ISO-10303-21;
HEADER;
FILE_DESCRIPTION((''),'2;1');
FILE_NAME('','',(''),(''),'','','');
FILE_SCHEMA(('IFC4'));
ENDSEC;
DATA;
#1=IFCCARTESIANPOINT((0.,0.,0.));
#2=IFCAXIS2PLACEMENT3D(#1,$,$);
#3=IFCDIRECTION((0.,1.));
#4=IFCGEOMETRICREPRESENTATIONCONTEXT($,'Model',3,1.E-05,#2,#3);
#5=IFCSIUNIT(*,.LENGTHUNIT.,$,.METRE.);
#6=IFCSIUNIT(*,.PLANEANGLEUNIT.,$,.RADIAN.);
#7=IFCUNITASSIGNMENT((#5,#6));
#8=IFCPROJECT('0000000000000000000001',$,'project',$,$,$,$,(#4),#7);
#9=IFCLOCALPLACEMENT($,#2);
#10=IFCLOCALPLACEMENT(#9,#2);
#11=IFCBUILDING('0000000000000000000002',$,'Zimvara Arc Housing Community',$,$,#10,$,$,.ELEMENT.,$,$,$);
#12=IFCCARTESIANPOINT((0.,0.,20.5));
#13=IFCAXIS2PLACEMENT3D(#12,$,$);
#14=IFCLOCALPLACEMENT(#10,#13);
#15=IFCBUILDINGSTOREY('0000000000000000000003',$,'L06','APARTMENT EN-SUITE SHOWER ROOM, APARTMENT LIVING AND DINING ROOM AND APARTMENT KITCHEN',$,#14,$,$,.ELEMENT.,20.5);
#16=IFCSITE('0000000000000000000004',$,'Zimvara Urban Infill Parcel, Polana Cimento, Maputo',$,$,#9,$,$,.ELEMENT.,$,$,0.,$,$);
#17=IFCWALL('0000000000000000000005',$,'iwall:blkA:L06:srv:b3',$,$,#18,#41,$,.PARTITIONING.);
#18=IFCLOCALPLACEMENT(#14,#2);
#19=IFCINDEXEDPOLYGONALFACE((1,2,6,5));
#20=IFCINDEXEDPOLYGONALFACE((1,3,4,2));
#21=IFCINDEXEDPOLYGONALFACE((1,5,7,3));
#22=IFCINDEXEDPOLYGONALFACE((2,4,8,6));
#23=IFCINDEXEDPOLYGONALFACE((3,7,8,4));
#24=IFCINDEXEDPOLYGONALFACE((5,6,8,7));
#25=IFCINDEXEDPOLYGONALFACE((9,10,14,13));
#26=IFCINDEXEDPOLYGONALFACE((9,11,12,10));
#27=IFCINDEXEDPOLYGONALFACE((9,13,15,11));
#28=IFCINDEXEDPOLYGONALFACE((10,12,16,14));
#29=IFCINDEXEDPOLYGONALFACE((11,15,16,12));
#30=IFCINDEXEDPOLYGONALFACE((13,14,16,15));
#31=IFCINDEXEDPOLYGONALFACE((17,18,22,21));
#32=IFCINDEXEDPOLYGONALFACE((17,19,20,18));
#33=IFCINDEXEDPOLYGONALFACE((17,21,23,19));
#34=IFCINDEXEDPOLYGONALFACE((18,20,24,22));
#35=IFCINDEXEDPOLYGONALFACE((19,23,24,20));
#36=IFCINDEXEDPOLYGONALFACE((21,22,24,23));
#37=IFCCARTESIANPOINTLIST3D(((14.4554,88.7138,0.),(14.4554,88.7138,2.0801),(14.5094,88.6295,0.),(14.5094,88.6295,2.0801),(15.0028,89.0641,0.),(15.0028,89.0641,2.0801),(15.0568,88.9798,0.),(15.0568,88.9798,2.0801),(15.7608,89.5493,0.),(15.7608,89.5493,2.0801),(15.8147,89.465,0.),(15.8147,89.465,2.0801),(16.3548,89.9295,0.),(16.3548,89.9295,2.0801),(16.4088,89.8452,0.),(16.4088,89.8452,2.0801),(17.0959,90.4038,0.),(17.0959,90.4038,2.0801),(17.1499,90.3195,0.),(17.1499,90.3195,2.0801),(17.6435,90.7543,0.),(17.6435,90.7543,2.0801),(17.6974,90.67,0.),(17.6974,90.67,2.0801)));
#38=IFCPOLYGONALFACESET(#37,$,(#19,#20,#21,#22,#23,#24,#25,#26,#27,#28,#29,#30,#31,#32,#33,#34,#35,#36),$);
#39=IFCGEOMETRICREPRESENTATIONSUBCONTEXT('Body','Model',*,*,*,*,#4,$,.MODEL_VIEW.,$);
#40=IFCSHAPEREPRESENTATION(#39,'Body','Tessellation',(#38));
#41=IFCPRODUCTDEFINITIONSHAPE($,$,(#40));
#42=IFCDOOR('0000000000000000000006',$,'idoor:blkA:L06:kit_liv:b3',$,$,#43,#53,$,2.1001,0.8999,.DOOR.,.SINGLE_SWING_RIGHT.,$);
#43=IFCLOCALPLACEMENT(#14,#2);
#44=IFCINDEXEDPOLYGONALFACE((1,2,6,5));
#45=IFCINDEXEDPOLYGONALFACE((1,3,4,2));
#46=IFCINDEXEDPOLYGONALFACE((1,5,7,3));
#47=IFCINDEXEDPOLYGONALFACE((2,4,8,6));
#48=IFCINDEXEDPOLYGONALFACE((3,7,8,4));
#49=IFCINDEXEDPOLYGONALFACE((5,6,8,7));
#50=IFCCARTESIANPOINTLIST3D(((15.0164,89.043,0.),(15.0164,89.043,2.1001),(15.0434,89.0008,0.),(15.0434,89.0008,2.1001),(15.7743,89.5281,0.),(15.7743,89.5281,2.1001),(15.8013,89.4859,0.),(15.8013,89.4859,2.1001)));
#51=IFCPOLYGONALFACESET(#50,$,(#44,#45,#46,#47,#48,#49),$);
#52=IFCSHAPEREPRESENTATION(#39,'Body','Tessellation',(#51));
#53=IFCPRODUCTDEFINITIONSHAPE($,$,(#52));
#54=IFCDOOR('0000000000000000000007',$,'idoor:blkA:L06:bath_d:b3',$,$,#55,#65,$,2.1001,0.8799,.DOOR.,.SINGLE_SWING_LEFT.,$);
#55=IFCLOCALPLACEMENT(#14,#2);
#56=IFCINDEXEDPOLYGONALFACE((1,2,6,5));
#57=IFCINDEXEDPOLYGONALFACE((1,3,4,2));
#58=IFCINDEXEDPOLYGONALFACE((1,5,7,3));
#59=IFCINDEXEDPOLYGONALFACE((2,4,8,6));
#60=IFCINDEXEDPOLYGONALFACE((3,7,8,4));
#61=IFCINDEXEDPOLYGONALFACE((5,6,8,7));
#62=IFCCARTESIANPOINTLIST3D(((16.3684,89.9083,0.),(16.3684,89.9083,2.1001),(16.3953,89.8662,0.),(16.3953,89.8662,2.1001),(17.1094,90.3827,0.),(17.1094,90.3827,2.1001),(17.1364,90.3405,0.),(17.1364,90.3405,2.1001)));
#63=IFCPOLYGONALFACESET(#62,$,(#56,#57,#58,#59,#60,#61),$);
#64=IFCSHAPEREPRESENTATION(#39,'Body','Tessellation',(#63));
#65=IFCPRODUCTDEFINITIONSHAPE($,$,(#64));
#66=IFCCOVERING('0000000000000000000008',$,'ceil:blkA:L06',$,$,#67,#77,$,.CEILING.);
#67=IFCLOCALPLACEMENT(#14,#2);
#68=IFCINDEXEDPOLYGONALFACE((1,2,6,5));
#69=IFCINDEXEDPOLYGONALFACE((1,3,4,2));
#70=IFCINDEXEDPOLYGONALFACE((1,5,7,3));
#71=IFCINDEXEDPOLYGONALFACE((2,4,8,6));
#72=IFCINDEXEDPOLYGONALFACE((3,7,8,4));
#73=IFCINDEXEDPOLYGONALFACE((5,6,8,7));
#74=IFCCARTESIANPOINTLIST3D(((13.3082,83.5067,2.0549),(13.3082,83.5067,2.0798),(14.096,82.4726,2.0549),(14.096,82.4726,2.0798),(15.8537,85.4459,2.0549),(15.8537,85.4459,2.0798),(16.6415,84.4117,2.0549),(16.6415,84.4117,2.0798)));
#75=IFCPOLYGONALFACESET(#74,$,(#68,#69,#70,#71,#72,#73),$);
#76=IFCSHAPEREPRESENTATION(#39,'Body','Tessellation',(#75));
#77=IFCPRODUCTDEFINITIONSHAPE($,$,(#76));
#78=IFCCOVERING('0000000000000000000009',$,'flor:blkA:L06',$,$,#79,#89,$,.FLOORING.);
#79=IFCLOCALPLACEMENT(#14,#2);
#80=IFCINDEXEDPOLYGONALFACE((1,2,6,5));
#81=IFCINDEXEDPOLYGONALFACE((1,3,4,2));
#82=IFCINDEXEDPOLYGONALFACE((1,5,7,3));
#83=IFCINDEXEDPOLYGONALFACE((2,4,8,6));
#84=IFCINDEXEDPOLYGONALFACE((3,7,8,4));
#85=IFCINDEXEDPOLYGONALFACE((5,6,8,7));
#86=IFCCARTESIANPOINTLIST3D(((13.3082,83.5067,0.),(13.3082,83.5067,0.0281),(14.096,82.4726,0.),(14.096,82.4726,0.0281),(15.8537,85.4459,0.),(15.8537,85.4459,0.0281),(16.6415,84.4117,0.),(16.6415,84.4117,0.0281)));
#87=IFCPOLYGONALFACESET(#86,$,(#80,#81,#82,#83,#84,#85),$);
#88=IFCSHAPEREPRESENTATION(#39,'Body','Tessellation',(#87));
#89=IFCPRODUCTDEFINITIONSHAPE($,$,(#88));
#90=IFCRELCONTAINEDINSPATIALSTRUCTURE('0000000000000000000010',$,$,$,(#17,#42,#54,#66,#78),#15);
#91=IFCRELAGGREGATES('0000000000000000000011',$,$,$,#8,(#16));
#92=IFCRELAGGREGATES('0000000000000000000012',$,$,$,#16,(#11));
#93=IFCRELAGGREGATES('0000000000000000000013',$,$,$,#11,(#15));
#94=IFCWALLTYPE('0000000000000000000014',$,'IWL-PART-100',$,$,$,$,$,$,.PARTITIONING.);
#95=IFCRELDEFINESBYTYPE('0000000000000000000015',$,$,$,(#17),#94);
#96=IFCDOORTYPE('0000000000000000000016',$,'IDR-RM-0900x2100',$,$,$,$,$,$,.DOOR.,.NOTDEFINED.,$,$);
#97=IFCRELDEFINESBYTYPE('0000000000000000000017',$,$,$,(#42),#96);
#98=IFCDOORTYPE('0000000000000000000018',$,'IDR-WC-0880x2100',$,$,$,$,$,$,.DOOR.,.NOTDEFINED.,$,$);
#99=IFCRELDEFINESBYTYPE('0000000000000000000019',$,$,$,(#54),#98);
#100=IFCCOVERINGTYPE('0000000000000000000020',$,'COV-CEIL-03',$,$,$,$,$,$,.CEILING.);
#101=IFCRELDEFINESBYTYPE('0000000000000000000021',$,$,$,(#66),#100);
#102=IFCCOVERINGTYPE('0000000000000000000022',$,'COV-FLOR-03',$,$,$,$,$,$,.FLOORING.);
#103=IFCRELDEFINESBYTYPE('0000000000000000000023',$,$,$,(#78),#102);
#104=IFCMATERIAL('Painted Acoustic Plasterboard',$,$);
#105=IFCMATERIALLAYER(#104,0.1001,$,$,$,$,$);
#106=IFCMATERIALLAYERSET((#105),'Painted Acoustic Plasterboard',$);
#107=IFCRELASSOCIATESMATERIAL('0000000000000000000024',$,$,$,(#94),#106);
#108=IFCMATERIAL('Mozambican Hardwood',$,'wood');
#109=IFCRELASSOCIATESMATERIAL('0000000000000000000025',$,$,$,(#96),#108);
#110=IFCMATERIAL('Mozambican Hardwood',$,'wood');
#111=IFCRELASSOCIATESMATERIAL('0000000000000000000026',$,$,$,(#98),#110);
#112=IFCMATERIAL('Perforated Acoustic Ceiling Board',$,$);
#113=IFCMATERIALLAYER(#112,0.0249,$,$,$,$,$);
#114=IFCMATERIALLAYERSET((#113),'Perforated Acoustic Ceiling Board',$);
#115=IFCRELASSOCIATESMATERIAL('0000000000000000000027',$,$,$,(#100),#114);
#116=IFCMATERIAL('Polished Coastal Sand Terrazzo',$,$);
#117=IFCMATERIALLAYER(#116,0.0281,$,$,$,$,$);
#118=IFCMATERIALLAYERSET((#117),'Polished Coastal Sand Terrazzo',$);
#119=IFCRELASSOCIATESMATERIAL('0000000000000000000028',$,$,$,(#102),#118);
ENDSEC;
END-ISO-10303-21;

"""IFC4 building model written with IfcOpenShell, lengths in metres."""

from ifc_helpers import new_model, si_unit, direction, frame, frame_2d, origin, origin_2d, place, context, subcontext, project, spatial, rectangle, extrude, material, layer, layer_set, type_object, element, fill, save


model = new_model("IFC4")

# Units and contexts
model_context = context("Model", 3, precision=1e-05, world=origin(), true_north=direction((0.0, 1.0)))
body_context = subcontext(model_context, "Body", "Model", "MODEL_VIEW")
ifc_project = project(units=[si_unit("LENGTHUNIT", "METRE"), si_unit("PLANEANGLEUNIT", "RADIAN")], contexts=[model_context])

# Site, building, storey
site_placement = place(None, origin())
site = spatial("IfcSite", under=ifc_project, at=site_placement, Name="Zimvara Urban Infill Parcel, Polana Cimento, Maputo", CompositionType="ELEMENT", RefElevation=0.0)
building_placement = place(site_placement, origin())
building = spatial("IfcBuilding", under=site, at=building_placement, Name="Zimvara Arc Housing Community", CompositionType="ELEMENT")
storey_placement = place(building_placement, frame((0.0, 0.0, 20.5)))
storey = spatial("IfcBuildingStorey", under=building, at=storey_placement, Name="L06", Description="APARTMENT EN-SUITE SHOWER ROOM, APARTMENT LIVING AND DINING ROOM AND APARTMENT KITCHEN", CompositionType="ELEMENT", Elevation=20.5)

# Wall, openings, doors
ifc_material_1 = material(Name="Painted Acoustic Plasterboard")
ifc_layer_1 = layer(ifc_material_1, 0.1001)
ifc_layer_set_1 = layer_set([ifc_layer_1], Name="Painted Acoustic Plasterboard")
wall_type_1 = type_object("IfcWallType", Name="IWL-PART-100", PredefinedType="PARTITIONING", material=ifc_layer_set_1)
wall_1_placement = place(storey_placement, frame((14.4824, 88.6716, 0.0), z_axis=(0.0, 0.0, 1.0), x_axis=(0.842246, 0.539094, 0.0)))
wall_1 = element("IfcWall", 1, at=wall_1_placement, inside=storey, type_object=wall_type_1, Name="iwall:blkA:L06:srv:b3", PredefinedType="PARTITIONING", context=body_context, shape_type="SweptSolid", body=[
    extrude(rectangle(XDim=3.7852, YDim=0.1001, at=frame_2d((1.8926, 0.0))), origin(), (0.0, 0.0, 1.0), 2.0801),
])
opening_1_placement = place(wall_1_placement, frame((0.6499, 0.0, 0.0)))
opening_1 = element("IfcOpeningElement", 2, at=opening_1_placement, cuts=wall_1, PredefinedType="OPENING", context=body_context, shape_type="SweptSolid", body=[
    extrude(rectangle(XDim=0.8999, YDim=2.1001, at=frame_2d((0.45, 1.05))), frame((0.0, 0.0601, 0.0), z_axis=(0.0, -1.0, 0.0), x_axis=(1.0, 0.0, 0.0)), (0.0, 0.0, 1.0), 0.1201),
])
opening_2_placement = place(wall_1_placement, frame((2.2551, 0.0, 0.0)))
opening_2 = element("IfcOpeningElement", 3, at=opening_2_placement, cuts=wall_1, PredefinedType="OPENING", context=body_context, shape_type="SweptSolid", body=[
    extrude(rectangle(XDim=0.8799, YDim=2.1001, at=frame_2d((0.4399, 1.05))), frame((0.0, 0.0601, 0.0), z_axis=(0.0, -1.0, 0.0), x_axis=(1.0, 0.0, 0.0)), (0.0, 0.0, 1.0), 0.1201),
])
ifc_material_2 = material(Name="Mozambican Hardwood", Category="wood")
door_type_1 = type_object("IfcDoorType", Name="IDR-RM-0900x2100", OperationType="NOTDEFINED", PredefinedType="DOOR", material=ifc_material_2)
door_1_placement = place(opening_1_placement, origin())
door_1 = element("IfcDoor", 4, at=door_1_placement, inside=storey, type_object=door_type_1, Name="idoor:blkA:L06:kit_liv:b3", OperationType="SINGLE_SWING_RIGHT", OverallHeight=2.1001, OverallWidth=0.8999, PredefinedType="DOOR", context=body_context, shape_type="SweptSolid", body=[
    extrude(rectangle(XDim=0.8999, YDim=2.1001, at=frame_2d((0.45, 1.05))), frame((0.0, 0.0249, 0.0), z_axis=(0.0, -1.0, 0.0), x_axis=(1.0, 0.0, 0.0)), (0.0, 0.0, 1.0), 0.05),
])
fill(opening_1, door_1)
ifc_material_3 = material(Name="Mozambican Hardwood", Category="wood")
door_type_2 = type_object("IfcDoorType", Name="IDR-WC-0880x2100", OperationType="NOTDEFINED", PredefinedType="DOOR", material=ifc_material_3)
door_2_placement = place(opening_2_placement, origin())
door_2 = element("IfcDoor", 5, at=door_2_placement, inside=storey, type_object=door_type_2, Name="idoor:blkA:L06:bath_d:b3", OperationType="SINGLE_SWING_LEFT", OverallHeight=2.1001, OverallWidth=0.8799, PredefinedType="DOOR", context=body_context, shape_type="SweptSolid", body=[
    extrude(rectangle(XDim=0.8799, YDim=2.1001, at=frame_2d((0.4399, 1.05))), frame((0.0, 0.0249, 0.0), z_axis=(0.0, -1.0, 0.0), x_axis=(1.0, 0.0, 0.0)), (0.0, 0.0, 1.0), 0.05),
])
fill(opening_2, door_2)

# Coverings
ifc_material_4 = material(Name="Perforated Acoustic Ceiling Board")
ifc_layer_2 = layer(ifc_material_4, 0.0249)
ifc_layer_set_2 = layer_set([ifc_layer_2], Name="Perforated Acoustic Ceiling Board")
covering_type_1 = type_object("IfcCoveringType", Name="COV-CEIL-03", PredefinedType="CEILING", material=ifc_layer_set_2)
covering_1_placement = place(storey_placement, frame((14.9749, 83.9592, 2.0549), z_axis=(0.0, 0.0, 1.0), x_axis=(-0.605988, 0.795473, 0.0)))
element("IfcCovering", 6, at=covering_1_placement, inside=storey, type_object=covering_type_1, Name="ceil:blkA:L06", PredefinedType="CEILING", context=body_context, shape_type="SweptSolid", body=[
    extrude(rectangle(XDim=1.3, YDim=3.2, at=origin_2d()), origin(), (0.0, 0.0, 1.0), 0.0249),
])
ifc_material_5 = material(Name="Polished Coastal Sand Terrazzo")
ifc_layer_3 = layer(ifc_material_5, 0.0281)
ifc_layer_set_3 = layer_set([ifc_layer_3], Name="Polished Coastal Sand Terrazzo")
covering_type_2 = type_object("IfcCoveringType", Name="COV-FLOR-03", PredefinedType="FLOORING", material=ifc_layer_set_3)
covering_2_placement = place(storey_placement, frame((14.9749, 83.9592, 0.0), z_axis=(0.0, 0.0, 1.0), x_axis=(-0.605988, 0.795473, 0.0)))
element("IfcCovering", 7, at=covering_2_placement, inside=storey, type_object=covering_type_2, Name="flor:blkA:L06", PredefinedType="FLOORING", context=body_context, shape_type="SweptSolid", body=[
    extrude(rectangle(XDim=1.3, YDim=3.2, at=origin_2d()), origin(), (0.0, 0.0, 1.0), 0.0281),
])

save(model, "model.ifc")
